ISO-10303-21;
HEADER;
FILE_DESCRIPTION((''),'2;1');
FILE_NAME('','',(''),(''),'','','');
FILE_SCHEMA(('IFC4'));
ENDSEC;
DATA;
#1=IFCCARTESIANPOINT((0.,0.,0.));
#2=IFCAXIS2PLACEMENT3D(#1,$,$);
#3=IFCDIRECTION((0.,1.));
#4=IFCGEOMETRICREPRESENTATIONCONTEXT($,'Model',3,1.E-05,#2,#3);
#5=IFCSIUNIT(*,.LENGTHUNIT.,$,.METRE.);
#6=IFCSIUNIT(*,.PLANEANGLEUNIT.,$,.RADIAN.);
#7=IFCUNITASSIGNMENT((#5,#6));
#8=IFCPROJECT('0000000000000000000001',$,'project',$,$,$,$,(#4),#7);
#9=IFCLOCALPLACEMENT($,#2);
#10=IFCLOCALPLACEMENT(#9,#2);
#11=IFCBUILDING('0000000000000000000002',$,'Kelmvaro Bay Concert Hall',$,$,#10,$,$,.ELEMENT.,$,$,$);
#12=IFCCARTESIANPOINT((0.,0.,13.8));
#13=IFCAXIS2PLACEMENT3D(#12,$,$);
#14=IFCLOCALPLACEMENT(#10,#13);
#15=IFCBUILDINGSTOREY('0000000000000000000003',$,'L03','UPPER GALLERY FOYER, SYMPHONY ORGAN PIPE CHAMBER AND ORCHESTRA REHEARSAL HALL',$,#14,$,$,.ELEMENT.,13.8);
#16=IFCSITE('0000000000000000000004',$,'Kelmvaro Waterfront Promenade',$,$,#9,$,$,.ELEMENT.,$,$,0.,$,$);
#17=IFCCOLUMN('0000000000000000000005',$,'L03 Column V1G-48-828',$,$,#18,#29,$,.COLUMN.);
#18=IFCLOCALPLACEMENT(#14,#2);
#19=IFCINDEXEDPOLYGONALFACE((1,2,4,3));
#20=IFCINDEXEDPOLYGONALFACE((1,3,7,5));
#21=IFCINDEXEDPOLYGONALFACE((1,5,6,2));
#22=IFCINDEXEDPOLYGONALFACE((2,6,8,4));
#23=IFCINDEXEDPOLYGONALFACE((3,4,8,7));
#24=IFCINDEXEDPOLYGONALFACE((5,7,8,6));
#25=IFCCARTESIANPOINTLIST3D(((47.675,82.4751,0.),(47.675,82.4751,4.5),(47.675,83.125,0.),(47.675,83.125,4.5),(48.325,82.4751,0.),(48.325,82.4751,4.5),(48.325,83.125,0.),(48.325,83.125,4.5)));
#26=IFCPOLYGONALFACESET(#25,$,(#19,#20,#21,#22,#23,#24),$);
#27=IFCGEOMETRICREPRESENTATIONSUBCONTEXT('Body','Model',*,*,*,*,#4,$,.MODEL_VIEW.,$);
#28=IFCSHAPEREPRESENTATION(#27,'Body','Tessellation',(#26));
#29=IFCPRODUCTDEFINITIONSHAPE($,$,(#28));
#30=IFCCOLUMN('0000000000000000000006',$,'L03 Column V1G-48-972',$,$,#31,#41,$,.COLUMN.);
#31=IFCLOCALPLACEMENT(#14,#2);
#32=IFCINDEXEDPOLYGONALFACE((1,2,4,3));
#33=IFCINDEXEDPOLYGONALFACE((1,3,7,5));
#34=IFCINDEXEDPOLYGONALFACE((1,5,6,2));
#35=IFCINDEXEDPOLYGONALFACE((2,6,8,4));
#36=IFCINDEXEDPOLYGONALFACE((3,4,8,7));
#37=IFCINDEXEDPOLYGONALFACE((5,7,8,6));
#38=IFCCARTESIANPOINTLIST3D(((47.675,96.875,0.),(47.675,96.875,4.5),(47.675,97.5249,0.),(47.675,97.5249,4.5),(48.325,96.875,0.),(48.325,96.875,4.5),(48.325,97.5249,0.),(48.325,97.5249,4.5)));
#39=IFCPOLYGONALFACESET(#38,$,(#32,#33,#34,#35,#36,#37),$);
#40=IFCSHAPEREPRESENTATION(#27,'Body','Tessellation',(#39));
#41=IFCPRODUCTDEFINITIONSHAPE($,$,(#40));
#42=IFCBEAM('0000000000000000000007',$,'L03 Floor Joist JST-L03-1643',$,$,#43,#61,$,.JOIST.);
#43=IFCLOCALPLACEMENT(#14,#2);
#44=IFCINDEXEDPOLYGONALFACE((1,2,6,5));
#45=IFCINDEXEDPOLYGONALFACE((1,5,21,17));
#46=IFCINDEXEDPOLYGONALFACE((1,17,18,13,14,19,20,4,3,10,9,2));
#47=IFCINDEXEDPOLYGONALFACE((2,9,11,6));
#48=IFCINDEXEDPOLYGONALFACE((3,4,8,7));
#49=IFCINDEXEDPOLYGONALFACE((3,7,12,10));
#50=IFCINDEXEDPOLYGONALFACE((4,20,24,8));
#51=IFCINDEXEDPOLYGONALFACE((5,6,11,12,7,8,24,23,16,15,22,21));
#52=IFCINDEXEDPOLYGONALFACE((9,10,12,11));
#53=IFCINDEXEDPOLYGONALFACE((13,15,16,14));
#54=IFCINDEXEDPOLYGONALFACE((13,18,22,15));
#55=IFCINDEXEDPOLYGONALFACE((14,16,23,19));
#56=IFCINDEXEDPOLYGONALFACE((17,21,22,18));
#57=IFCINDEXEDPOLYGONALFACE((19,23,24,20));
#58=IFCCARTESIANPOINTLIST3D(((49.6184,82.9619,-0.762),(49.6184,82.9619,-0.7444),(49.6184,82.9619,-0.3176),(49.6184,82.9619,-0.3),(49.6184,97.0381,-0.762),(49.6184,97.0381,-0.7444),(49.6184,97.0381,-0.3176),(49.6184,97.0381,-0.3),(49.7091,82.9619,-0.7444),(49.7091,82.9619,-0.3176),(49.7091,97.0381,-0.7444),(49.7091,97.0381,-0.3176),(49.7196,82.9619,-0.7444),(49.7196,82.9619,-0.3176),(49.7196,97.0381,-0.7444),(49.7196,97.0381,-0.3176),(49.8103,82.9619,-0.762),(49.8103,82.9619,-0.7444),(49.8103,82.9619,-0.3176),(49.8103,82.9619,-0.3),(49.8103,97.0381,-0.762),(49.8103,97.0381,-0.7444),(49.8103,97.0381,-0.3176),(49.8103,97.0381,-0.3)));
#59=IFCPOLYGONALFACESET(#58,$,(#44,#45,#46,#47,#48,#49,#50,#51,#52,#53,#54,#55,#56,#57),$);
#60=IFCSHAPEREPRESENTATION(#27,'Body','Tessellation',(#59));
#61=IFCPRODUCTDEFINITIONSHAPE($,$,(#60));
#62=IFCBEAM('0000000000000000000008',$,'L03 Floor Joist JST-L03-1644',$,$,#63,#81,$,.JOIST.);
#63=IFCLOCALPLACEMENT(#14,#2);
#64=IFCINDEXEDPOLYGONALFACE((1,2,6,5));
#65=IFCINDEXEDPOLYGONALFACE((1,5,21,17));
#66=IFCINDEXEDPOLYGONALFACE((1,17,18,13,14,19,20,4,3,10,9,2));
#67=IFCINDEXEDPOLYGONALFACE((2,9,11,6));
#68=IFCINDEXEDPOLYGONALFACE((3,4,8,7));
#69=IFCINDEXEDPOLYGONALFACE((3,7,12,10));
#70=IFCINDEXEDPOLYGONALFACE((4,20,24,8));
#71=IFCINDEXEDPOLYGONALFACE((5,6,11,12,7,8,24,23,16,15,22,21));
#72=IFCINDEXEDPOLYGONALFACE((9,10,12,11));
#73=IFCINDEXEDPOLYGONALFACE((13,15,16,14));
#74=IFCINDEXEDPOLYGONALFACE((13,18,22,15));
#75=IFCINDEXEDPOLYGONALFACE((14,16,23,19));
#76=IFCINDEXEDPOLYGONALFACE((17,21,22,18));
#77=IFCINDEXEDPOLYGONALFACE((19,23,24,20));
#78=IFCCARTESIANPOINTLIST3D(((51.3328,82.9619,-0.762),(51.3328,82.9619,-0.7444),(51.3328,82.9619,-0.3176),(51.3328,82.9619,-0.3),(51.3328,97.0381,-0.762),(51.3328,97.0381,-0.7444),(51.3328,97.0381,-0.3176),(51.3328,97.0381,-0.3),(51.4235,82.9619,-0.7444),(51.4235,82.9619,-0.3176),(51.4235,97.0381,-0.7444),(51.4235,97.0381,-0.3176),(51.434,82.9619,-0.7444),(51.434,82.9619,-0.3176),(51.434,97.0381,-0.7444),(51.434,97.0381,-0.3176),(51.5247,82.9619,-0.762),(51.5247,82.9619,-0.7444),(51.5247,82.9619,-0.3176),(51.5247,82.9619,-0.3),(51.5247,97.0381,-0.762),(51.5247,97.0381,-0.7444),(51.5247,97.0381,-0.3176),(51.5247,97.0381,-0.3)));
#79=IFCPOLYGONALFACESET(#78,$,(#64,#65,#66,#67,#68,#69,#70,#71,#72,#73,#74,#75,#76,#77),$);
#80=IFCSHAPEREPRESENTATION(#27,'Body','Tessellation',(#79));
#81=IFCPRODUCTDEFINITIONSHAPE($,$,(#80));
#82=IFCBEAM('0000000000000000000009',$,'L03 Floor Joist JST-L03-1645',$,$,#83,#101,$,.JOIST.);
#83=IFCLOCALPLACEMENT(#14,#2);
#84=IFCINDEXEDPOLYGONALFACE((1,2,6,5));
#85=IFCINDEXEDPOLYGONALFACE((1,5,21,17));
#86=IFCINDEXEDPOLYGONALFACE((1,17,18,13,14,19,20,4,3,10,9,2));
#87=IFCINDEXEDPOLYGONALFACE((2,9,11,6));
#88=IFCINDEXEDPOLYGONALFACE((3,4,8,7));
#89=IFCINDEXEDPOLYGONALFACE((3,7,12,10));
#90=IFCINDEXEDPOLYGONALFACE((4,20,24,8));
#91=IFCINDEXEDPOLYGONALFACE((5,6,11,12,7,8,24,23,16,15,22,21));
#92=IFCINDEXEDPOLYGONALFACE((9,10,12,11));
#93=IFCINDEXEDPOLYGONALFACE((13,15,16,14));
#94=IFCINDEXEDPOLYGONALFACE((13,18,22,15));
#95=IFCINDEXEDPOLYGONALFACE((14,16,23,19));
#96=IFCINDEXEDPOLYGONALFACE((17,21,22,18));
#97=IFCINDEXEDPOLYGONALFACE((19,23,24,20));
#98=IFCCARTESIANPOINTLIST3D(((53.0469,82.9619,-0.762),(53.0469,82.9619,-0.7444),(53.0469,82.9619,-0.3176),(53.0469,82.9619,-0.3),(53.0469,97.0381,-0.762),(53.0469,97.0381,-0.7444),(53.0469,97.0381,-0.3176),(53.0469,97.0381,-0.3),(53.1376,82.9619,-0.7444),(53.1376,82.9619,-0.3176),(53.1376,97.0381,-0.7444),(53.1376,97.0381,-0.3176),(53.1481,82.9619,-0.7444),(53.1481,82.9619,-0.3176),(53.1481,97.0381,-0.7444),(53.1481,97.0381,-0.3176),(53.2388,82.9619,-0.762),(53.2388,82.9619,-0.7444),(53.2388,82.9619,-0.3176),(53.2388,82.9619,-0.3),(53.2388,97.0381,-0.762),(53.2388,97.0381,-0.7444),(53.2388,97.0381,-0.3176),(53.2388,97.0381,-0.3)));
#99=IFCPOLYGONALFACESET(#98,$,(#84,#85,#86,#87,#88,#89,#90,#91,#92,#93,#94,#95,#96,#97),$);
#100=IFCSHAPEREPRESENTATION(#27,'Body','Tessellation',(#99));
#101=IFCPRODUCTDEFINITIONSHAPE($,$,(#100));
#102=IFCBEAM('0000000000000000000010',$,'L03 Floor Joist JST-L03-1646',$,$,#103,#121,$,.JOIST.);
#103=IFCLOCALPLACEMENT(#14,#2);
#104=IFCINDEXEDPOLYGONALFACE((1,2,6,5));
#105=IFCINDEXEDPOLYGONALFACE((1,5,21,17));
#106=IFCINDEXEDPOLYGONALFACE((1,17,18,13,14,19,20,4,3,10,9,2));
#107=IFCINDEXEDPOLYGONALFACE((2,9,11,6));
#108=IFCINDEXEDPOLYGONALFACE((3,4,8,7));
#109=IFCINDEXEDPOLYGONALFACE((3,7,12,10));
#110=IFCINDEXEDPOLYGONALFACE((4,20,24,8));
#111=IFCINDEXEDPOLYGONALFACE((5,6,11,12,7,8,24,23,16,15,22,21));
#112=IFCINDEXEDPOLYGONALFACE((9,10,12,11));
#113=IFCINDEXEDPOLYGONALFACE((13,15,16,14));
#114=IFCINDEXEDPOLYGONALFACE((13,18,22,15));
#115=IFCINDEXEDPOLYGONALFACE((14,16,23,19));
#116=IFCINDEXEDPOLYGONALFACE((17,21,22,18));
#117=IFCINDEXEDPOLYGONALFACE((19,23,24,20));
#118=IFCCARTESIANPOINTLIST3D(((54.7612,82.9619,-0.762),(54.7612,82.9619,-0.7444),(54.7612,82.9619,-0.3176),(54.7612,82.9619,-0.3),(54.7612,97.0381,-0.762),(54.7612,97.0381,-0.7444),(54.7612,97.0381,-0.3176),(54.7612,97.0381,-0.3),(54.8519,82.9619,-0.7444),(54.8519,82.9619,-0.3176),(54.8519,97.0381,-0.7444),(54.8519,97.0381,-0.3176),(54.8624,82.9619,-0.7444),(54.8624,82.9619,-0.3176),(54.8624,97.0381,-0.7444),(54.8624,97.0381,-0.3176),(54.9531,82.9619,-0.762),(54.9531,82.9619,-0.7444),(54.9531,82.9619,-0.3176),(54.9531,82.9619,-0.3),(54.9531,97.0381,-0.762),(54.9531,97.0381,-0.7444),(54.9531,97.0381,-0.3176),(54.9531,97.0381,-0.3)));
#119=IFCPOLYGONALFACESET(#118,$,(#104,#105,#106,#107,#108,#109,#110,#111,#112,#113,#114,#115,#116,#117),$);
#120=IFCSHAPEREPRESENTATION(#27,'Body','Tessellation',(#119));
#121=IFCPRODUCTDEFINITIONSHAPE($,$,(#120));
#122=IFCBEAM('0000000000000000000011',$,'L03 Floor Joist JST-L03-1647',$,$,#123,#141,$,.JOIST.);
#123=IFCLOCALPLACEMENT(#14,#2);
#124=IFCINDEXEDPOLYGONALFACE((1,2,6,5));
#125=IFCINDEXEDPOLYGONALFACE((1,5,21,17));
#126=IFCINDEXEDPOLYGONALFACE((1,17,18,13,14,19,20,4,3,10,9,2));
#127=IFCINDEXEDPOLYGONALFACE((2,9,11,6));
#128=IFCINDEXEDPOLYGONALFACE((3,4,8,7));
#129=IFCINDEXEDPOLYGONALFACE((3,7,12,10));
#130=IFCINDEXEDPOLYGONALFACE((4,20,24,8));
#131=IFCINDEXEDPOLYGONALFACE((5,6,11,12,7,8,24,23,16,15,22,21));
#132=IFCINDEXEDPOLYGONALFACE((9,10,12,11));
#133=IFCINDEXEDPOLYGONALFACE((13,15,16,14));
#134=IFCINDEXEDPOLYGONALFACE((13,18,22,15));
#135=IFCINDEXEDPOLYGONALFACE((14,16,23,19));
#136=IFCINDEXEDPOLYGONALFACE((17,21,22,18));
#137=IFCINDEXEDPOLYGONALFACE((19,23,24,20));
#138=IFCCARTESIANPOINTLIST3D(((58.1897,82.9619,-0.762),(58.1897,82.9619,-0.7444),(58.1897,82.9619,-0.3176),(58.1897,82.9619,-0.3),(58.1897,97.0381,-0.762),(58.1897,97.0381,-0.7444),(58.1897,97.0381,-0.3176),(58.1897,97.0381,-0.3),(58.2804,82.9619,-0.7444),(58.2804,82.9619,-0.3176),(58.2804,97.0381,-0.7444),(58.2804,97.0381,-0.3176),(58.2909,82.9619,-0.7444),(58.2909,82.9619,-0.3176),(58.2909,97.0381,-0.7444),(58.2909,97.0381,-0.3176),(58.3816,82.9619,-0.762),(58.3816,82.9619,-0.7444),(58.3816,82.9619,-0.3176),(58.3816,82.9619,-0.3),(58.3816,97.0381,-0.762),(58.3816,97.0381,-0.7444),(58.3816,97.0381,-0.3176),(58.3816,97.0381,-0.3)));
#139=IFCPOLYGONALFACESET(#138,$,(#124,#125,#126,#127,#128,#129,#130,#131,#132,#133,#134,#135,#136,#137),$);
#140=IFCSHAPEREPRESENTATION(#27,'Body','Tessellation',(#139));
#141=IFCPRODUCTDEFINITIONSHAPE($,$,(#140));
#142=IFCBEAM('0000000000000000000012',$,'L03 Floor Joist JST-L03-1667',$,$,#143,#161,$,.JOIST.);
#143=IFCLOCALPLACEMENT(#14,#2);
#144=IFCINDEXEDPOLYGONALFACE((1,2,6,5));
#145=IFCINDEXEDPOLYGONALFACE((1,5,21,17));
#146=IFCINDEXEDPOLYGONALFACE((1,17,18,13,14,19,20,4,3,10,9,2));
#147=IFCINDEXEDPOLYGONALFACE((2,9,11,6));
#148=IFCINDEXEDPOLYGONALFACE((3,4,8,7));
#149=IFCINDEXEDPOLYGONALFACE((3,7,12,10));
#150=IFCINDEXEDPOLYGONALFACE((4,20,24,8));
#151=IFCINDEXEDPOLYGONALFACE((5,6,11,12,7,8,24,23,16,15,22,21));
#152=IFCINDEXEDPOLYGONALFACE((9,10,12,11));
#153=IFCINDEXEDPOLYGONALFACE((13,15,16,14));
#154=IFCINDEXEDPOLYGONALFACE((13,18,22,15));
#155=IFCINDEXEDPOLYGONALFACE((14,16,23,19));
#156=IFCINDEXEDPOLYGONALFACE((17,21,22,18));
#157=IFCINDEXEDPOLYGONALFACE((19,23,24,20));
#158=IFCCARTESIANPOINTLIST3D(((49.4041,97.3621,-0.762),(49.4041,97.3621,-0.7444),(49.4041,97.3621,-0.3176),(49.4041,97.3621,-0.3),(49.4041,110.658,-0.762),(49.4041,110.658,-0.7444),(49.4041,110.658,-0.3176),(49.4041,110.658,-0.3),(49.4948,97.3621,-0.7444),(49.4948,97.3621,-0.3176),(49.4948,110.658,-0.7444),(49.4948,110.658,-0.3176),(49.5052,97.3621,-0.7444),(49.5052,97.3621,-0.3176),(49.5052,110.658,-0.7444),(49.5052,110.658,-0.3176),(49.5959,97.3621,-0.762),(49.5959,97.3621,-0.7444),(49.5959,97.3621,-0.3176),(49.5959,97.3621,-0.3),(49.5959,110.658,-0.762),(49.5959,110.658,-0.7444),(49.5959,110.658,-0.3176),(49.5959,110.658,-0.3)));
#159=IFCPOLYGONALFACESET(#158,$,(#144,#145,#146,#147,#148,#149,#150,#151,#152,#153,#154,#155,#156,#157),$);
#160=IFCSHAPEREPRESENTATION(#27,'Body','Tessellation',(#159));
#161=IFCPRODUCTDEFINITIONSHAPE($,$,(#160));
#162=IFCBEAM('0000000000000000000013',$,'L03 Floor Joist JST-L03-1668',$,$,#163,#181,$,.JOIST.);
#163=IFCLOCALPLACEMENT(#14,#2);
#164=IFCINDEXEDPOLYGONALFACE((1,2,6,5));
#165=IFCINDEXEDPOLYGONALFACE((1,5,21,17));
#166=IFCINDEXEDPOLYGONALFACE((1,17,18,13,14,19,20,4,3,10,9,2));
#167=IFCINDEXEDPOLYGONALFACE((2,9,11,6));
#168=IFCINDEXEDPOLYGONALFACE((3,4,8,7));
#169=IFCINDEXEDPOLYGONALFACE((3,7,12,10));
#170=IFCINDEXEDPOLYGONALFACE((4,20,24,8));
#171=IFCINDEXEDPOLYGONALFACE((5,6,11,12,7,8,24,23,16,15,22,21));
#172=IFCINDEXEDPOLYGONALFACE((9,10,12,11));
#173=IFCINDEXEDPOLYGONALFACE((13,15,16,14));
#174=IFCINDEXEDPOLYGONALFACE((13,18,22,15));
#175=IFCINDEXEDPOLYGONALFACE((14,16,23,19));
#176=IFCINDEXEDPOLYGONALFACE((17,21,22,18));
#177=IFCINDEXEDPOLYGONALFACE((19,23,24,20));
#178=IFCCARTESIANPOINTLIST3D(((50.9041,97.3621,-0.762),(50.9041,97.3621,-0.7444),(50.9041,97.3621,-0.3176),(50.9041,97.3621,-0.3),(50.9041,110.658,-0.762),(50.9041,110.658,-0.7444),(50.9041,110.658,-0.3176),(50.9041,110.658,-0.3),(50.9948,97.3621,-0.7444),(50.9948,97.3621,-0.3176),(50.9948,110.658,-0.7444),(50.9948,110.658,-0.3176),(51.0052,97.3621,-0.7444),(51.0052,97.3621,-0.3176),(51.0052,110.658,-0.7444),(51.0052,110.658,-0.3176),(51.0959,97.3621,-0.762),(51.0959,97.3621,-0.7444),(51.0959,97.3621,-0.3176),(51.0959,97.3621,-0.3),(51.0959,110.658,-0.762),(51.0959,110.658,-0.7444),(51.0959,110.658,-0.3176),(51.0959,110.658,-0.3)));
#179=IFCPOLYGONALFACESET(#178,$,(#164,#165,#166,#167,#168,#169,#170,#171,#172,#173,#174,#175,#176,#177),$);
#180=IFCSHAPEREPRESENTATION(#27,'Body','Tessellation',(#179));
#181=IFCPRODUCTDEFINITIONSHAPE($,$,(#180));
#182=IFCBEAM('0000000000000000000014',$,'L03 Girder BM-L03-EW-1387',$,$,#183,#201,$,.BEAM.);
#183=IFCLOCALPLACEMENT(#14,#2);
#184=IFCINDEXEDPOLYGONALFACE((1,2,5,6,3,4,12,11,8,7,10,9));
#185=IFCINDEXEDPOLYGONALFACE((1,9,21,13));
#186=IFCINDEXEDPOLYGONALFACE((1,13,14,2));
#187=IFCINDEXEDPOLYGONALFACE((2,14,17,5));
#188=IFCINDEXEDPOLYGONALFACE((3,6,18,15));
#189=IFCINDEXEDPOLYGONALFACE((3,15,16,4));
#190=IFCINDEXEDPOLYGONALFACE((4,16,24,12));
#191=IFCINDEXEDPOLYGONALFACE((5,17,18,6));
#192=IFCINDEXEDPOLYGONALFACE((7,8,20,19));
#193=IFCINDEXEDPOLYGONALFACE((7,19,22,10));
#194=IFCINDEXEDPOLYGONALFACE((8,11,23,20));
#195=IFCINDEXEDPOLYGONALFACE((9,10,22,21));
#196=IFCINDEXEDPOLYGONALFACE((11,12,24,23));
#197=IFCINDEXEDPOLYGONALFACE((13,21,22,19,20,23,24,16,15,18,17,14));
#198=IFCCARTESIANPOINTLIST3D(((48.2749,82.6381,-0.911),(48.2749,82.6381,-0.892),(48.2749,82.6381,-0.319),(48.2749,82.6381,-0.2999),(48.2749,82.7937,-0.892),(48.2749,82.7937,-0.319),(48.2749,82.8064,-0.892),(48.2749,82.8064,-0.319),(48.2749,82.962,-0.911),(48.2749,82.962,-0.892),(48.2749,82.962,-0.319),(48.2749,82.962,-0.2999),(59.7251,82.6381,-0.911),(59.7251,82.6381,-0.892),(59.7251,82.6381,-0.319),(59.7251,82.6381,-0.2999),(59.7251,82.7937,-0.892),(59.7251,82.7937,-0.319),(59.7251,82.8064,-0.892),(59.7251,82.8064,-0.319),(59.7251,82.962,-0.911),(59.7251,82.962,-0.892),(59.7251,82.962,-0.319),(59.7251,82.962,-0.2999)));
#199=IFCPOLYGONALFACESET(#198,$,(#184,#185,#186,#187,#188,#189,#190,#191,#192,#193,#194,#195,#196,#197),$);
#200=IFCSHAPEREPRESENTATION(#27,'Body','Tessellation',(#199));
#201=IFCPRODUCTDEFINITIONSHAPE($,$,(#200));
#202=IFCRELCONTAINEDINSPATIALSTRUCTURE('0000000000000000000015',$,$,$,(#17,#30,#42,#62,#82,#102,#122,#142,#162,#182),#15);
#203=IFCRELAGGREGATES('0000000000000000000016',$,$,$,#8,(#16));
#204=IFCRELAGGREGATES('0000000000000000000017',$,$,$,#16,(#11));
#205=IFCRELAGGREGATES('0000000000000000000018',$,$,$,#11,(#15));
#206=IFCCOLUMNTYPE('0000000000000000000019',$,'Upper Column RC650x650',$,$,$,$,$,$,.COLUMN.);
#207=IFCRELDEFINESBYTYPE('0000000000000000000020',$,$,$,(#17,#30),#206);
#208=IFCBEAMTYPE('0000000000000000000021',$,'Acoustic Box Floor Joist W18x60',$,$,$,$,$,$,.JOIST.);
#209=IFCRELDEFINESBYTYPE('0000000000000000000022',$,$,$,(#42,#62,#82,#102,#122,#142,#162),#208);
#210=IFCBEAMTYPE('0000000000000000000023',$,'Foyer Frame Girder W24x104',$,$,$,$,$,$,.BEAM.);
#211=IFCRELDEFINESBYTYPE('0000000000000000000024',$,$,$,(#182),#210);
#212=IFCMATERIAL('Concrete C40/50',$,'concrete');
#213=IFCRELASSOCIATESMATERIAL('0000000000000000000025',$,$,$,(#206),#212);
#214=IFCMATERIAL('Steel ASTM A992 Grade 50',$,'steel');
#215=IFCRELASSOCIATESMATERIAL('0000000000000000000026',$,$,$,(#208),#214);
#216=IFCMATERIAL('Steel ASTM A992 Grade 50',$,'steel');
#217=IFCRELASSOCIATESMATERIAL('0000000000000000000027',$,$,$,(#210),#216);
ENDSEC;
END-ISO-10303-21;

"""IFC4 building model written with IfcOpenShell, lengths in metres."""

from ifc_helpers import new_model, si_unit, direction, frame, origin, origin_2d, place, context, subcontext, project, spatial, rectangle, i_section, extrude, material, material_profile, profile_set, type_object, element, save


model = new_model("IFC4")

# Units and contexts
model_context = context("Model", 3, precision=1e-05, world=origin(), true_north=direction((0.0, 1.0)))
body_context = subcontext(model_context, "Body", "Model", "MODEL_VIEW")
ifc_project = project(units=[si_unit("LENGTHUNIT", "METRE"), si_unit("PLANEANGLEUNIT", "RADIAN")], contexts=[model_context])

# Site, building, storey
site_placement = place(None, origin())
site = spatial("IfcSite", under=ifc_project, at=site_placement, Name="Kelmvaro Waterfront Promenade", CompositionType="ELEMENT", RefElevation=0.0)
building_placement = place(site_placement, origin())
building = spatial("IfcBuilding", under=site, at=building_placement, Name="Kelmvaro Bay Concert Hall", CompositionType="ELEMENT")
storey_placement = place(building_placement, frame((0.0, 0.0, 13.8)))
storey = spatial("IfcBuildingStorey", under=building, at=storey_placement, Name="L03", Description="UPPER GALLERY FOYER, SYMPHONY ORGAN PIPE CHAMBER AND ORCHESTRA REHEARSAL HALL", CompositionType="ELEMENT", Elevation=13.8)

# Columns
ifc_material_1 = material(Name="Concrete C40/50", Category="concrete")
ifc_material_profile_1 = material_profile(ifc_material_1, rectangle(XDim=0.6499, YDim=0.6499, at=origin_2d()), Name="RC-COL-650X650")
ifc_profile_set_1 = profile_set([ifc_material_profile_1], Name="Concrete C40/50")
column_type = type_object("IfcColumnType", Name="Upper Column RC650x650", PredefinedType="COLUMN", material=ifc_profile_set_1)
for number, where, z_axis, x_axis, name in (
    (1, (48.0, 82.8, 0.0), (0.0, 0.0, 1.0), (1.0, 0.0, 0.0), "L03 Column V1G-48-828"),
    (2, (48.0, 97.2, 0.0), (0.0, 0.0, 1.0), (1.0, 0.0, 0.0), "L03 Column V1G-48-972"),
):
    element("IfcColumn", number, at=place(storey_placement, frame(where, z_axis=z_axis, x_axis=x_axis)), inside=storey, type_object=column_type, Name=name, PredefinedType="COLUMN", context=body_context, shape_type="SweptSolid", body=[
        extrude(rectangle(XDim=0.6499, YDim=0.6499, at=origin_2d()), origin(), (0.0, 0.0, 1.0), 4.5),
    ])

# Beams
ifc_material_2 = material(Name="Steel ASTM A992 Grade 50", Category="steel")
ifc_material_profile_2 = material_profile(ifc_material_2, i_section(OverallWidth=0.1919, OverallDepth=0.4619, WebThickness=0.0105, FlangeThickness=0.0176, at=origin_2d()), Name="W18X60")
ifc_profile_set_2 = profile_set([ifc_material_profile_2], Name="Steel ASTM A992 Grade 50")
beam_type_1 = type_object("IfcBeamType", Name="Acoustic Box Floor Joist W18x60", PredefinedType="JOIST", material=ifc_profile_set_2)
for number, where, z_axis, x_axis, name in (
    (3, (49.7144, 82.9619, -0.531), (0.0, 1.0, 0.0), (-1.0, 0.0, 0.0), "L03 Floor Joist JST-L03-1643"),
    (4, (51.4287, 82.9619, -0.531), (0.0, 1.0, 0.0), (-1.0, 0.0, 0.0), "L03 Floor Joist JST-L03-1644"),
    (5, (53.1428, 82.9619, -0.531), (0.0, 1.0, 0.0), (-1.0, 0.0, 0.0), "L03 Floor Joist JST-L03-1645"),
    (6, (54.8572, 82.9619, -0.531), (0.0, 1.0, 0.0), (-1.0, 0.0, 0.0), "L03 Floor Joist JST-L03-1646"),
    (7, (58.2856, 82.9619, -0.531), (0.0, 1.0, 0.0), (-1.0, 0.0, 0.0), "L03 Floor Joist JST-L03-1647"),
):
    element("IfcBeam", number, at=place(storey_placement, frame(where, z_axis=z_axis, x_axis=x_axis)), inside=storey, type_object=beam_type_1, Name=name, PredefinedType="JOIST", context=body_context, shape_type="SweptSolid", body=[
        extrude(i_section(OverallWidth=0.1919, OverallDepth=0.4619, WebThickness=0.0105, FlangeThickness=0.0176, at=origin_2d()), origin(), (0.0, 0.0, 1.0), 14.0762),
    ])
for number, where, z_axis, x_axis, name in (
    (8, (49.5, 97.3621, -0.531), (0.0, 1.0, 0.0), (-1.0, 0.0, 0.0), "L03 Floor Joist JST-L03-1667"),
    (9, (51.0, 97.3621, -0.531), (0.0, 1.0, 0.0), (-1.0, 0.0, 0.0), "L03 Floor Joist JST-L03-1668"),
):
    element("IfcBeam", number, at=place(storey_placement, frame(where, z_axis=z_axis, x_axis=x_axis)), inside=storey, type_object=beam_type_1, Name=name, PredefinedType="JOIST", context=body_context, shape_type="SweptSolid", body=[
        extrude(i_section(OverallWidth=0.1919, OverallDepth=0.4619, WebThickness=0.0105, FlangeThickness=0.0176, at=origin_2d()), origin(), (0.0, 0.0, 1.0), 13.2959),
    ])
ifc_material_3 = material(Name="Steel ASTM A992 Grade 50", Category="steel")
ifc_material_profile_3 = material_profile(ifc_material_3, i_section(OverallWidth=0.324, OverallDepth=0.6111, WebThickness=0.0127, FlangeThickness=0.019, at=origin_2d()), Name="W24X104")
ifc_profile_set_3 = profile_set([ifc_material_profile_3], Name="Steel ASTM A992 Grade 50")
beam_type_2 = type_object("IfcBeamType", Name="Foyer Frame Girder W24x104", PredefinedType="BEAM", material=ifc_profile_set_3)
for number, where, z_axis, x_axis, name in (
    (10, (48.2749, 82.8, -0.6055), (1.0, 0.0, 0.0), (0.0, 1.0, 0.0), "L03 Girder BM-L03-EW-1387"),
):
    element("IfcBeam", number, at=place(storey_placement, frame(where, z_axis=z_axis, x_axis=x_axis)), inside=storey, type_object=beam_type_2, Name=name, PredefinedType="BEAM", context=body_context, shape_type="SweptSolid", body=[
        extrude(i_section(OverallWidth=0.324, OverallDepth=0.6111, WebThickness=0.0127, FlangeThickness=0.019, at=origin_2d()), origin(), (0.0, 0.0, 1.0), 11.4502),
    ])

save(model, "model.ifc")
